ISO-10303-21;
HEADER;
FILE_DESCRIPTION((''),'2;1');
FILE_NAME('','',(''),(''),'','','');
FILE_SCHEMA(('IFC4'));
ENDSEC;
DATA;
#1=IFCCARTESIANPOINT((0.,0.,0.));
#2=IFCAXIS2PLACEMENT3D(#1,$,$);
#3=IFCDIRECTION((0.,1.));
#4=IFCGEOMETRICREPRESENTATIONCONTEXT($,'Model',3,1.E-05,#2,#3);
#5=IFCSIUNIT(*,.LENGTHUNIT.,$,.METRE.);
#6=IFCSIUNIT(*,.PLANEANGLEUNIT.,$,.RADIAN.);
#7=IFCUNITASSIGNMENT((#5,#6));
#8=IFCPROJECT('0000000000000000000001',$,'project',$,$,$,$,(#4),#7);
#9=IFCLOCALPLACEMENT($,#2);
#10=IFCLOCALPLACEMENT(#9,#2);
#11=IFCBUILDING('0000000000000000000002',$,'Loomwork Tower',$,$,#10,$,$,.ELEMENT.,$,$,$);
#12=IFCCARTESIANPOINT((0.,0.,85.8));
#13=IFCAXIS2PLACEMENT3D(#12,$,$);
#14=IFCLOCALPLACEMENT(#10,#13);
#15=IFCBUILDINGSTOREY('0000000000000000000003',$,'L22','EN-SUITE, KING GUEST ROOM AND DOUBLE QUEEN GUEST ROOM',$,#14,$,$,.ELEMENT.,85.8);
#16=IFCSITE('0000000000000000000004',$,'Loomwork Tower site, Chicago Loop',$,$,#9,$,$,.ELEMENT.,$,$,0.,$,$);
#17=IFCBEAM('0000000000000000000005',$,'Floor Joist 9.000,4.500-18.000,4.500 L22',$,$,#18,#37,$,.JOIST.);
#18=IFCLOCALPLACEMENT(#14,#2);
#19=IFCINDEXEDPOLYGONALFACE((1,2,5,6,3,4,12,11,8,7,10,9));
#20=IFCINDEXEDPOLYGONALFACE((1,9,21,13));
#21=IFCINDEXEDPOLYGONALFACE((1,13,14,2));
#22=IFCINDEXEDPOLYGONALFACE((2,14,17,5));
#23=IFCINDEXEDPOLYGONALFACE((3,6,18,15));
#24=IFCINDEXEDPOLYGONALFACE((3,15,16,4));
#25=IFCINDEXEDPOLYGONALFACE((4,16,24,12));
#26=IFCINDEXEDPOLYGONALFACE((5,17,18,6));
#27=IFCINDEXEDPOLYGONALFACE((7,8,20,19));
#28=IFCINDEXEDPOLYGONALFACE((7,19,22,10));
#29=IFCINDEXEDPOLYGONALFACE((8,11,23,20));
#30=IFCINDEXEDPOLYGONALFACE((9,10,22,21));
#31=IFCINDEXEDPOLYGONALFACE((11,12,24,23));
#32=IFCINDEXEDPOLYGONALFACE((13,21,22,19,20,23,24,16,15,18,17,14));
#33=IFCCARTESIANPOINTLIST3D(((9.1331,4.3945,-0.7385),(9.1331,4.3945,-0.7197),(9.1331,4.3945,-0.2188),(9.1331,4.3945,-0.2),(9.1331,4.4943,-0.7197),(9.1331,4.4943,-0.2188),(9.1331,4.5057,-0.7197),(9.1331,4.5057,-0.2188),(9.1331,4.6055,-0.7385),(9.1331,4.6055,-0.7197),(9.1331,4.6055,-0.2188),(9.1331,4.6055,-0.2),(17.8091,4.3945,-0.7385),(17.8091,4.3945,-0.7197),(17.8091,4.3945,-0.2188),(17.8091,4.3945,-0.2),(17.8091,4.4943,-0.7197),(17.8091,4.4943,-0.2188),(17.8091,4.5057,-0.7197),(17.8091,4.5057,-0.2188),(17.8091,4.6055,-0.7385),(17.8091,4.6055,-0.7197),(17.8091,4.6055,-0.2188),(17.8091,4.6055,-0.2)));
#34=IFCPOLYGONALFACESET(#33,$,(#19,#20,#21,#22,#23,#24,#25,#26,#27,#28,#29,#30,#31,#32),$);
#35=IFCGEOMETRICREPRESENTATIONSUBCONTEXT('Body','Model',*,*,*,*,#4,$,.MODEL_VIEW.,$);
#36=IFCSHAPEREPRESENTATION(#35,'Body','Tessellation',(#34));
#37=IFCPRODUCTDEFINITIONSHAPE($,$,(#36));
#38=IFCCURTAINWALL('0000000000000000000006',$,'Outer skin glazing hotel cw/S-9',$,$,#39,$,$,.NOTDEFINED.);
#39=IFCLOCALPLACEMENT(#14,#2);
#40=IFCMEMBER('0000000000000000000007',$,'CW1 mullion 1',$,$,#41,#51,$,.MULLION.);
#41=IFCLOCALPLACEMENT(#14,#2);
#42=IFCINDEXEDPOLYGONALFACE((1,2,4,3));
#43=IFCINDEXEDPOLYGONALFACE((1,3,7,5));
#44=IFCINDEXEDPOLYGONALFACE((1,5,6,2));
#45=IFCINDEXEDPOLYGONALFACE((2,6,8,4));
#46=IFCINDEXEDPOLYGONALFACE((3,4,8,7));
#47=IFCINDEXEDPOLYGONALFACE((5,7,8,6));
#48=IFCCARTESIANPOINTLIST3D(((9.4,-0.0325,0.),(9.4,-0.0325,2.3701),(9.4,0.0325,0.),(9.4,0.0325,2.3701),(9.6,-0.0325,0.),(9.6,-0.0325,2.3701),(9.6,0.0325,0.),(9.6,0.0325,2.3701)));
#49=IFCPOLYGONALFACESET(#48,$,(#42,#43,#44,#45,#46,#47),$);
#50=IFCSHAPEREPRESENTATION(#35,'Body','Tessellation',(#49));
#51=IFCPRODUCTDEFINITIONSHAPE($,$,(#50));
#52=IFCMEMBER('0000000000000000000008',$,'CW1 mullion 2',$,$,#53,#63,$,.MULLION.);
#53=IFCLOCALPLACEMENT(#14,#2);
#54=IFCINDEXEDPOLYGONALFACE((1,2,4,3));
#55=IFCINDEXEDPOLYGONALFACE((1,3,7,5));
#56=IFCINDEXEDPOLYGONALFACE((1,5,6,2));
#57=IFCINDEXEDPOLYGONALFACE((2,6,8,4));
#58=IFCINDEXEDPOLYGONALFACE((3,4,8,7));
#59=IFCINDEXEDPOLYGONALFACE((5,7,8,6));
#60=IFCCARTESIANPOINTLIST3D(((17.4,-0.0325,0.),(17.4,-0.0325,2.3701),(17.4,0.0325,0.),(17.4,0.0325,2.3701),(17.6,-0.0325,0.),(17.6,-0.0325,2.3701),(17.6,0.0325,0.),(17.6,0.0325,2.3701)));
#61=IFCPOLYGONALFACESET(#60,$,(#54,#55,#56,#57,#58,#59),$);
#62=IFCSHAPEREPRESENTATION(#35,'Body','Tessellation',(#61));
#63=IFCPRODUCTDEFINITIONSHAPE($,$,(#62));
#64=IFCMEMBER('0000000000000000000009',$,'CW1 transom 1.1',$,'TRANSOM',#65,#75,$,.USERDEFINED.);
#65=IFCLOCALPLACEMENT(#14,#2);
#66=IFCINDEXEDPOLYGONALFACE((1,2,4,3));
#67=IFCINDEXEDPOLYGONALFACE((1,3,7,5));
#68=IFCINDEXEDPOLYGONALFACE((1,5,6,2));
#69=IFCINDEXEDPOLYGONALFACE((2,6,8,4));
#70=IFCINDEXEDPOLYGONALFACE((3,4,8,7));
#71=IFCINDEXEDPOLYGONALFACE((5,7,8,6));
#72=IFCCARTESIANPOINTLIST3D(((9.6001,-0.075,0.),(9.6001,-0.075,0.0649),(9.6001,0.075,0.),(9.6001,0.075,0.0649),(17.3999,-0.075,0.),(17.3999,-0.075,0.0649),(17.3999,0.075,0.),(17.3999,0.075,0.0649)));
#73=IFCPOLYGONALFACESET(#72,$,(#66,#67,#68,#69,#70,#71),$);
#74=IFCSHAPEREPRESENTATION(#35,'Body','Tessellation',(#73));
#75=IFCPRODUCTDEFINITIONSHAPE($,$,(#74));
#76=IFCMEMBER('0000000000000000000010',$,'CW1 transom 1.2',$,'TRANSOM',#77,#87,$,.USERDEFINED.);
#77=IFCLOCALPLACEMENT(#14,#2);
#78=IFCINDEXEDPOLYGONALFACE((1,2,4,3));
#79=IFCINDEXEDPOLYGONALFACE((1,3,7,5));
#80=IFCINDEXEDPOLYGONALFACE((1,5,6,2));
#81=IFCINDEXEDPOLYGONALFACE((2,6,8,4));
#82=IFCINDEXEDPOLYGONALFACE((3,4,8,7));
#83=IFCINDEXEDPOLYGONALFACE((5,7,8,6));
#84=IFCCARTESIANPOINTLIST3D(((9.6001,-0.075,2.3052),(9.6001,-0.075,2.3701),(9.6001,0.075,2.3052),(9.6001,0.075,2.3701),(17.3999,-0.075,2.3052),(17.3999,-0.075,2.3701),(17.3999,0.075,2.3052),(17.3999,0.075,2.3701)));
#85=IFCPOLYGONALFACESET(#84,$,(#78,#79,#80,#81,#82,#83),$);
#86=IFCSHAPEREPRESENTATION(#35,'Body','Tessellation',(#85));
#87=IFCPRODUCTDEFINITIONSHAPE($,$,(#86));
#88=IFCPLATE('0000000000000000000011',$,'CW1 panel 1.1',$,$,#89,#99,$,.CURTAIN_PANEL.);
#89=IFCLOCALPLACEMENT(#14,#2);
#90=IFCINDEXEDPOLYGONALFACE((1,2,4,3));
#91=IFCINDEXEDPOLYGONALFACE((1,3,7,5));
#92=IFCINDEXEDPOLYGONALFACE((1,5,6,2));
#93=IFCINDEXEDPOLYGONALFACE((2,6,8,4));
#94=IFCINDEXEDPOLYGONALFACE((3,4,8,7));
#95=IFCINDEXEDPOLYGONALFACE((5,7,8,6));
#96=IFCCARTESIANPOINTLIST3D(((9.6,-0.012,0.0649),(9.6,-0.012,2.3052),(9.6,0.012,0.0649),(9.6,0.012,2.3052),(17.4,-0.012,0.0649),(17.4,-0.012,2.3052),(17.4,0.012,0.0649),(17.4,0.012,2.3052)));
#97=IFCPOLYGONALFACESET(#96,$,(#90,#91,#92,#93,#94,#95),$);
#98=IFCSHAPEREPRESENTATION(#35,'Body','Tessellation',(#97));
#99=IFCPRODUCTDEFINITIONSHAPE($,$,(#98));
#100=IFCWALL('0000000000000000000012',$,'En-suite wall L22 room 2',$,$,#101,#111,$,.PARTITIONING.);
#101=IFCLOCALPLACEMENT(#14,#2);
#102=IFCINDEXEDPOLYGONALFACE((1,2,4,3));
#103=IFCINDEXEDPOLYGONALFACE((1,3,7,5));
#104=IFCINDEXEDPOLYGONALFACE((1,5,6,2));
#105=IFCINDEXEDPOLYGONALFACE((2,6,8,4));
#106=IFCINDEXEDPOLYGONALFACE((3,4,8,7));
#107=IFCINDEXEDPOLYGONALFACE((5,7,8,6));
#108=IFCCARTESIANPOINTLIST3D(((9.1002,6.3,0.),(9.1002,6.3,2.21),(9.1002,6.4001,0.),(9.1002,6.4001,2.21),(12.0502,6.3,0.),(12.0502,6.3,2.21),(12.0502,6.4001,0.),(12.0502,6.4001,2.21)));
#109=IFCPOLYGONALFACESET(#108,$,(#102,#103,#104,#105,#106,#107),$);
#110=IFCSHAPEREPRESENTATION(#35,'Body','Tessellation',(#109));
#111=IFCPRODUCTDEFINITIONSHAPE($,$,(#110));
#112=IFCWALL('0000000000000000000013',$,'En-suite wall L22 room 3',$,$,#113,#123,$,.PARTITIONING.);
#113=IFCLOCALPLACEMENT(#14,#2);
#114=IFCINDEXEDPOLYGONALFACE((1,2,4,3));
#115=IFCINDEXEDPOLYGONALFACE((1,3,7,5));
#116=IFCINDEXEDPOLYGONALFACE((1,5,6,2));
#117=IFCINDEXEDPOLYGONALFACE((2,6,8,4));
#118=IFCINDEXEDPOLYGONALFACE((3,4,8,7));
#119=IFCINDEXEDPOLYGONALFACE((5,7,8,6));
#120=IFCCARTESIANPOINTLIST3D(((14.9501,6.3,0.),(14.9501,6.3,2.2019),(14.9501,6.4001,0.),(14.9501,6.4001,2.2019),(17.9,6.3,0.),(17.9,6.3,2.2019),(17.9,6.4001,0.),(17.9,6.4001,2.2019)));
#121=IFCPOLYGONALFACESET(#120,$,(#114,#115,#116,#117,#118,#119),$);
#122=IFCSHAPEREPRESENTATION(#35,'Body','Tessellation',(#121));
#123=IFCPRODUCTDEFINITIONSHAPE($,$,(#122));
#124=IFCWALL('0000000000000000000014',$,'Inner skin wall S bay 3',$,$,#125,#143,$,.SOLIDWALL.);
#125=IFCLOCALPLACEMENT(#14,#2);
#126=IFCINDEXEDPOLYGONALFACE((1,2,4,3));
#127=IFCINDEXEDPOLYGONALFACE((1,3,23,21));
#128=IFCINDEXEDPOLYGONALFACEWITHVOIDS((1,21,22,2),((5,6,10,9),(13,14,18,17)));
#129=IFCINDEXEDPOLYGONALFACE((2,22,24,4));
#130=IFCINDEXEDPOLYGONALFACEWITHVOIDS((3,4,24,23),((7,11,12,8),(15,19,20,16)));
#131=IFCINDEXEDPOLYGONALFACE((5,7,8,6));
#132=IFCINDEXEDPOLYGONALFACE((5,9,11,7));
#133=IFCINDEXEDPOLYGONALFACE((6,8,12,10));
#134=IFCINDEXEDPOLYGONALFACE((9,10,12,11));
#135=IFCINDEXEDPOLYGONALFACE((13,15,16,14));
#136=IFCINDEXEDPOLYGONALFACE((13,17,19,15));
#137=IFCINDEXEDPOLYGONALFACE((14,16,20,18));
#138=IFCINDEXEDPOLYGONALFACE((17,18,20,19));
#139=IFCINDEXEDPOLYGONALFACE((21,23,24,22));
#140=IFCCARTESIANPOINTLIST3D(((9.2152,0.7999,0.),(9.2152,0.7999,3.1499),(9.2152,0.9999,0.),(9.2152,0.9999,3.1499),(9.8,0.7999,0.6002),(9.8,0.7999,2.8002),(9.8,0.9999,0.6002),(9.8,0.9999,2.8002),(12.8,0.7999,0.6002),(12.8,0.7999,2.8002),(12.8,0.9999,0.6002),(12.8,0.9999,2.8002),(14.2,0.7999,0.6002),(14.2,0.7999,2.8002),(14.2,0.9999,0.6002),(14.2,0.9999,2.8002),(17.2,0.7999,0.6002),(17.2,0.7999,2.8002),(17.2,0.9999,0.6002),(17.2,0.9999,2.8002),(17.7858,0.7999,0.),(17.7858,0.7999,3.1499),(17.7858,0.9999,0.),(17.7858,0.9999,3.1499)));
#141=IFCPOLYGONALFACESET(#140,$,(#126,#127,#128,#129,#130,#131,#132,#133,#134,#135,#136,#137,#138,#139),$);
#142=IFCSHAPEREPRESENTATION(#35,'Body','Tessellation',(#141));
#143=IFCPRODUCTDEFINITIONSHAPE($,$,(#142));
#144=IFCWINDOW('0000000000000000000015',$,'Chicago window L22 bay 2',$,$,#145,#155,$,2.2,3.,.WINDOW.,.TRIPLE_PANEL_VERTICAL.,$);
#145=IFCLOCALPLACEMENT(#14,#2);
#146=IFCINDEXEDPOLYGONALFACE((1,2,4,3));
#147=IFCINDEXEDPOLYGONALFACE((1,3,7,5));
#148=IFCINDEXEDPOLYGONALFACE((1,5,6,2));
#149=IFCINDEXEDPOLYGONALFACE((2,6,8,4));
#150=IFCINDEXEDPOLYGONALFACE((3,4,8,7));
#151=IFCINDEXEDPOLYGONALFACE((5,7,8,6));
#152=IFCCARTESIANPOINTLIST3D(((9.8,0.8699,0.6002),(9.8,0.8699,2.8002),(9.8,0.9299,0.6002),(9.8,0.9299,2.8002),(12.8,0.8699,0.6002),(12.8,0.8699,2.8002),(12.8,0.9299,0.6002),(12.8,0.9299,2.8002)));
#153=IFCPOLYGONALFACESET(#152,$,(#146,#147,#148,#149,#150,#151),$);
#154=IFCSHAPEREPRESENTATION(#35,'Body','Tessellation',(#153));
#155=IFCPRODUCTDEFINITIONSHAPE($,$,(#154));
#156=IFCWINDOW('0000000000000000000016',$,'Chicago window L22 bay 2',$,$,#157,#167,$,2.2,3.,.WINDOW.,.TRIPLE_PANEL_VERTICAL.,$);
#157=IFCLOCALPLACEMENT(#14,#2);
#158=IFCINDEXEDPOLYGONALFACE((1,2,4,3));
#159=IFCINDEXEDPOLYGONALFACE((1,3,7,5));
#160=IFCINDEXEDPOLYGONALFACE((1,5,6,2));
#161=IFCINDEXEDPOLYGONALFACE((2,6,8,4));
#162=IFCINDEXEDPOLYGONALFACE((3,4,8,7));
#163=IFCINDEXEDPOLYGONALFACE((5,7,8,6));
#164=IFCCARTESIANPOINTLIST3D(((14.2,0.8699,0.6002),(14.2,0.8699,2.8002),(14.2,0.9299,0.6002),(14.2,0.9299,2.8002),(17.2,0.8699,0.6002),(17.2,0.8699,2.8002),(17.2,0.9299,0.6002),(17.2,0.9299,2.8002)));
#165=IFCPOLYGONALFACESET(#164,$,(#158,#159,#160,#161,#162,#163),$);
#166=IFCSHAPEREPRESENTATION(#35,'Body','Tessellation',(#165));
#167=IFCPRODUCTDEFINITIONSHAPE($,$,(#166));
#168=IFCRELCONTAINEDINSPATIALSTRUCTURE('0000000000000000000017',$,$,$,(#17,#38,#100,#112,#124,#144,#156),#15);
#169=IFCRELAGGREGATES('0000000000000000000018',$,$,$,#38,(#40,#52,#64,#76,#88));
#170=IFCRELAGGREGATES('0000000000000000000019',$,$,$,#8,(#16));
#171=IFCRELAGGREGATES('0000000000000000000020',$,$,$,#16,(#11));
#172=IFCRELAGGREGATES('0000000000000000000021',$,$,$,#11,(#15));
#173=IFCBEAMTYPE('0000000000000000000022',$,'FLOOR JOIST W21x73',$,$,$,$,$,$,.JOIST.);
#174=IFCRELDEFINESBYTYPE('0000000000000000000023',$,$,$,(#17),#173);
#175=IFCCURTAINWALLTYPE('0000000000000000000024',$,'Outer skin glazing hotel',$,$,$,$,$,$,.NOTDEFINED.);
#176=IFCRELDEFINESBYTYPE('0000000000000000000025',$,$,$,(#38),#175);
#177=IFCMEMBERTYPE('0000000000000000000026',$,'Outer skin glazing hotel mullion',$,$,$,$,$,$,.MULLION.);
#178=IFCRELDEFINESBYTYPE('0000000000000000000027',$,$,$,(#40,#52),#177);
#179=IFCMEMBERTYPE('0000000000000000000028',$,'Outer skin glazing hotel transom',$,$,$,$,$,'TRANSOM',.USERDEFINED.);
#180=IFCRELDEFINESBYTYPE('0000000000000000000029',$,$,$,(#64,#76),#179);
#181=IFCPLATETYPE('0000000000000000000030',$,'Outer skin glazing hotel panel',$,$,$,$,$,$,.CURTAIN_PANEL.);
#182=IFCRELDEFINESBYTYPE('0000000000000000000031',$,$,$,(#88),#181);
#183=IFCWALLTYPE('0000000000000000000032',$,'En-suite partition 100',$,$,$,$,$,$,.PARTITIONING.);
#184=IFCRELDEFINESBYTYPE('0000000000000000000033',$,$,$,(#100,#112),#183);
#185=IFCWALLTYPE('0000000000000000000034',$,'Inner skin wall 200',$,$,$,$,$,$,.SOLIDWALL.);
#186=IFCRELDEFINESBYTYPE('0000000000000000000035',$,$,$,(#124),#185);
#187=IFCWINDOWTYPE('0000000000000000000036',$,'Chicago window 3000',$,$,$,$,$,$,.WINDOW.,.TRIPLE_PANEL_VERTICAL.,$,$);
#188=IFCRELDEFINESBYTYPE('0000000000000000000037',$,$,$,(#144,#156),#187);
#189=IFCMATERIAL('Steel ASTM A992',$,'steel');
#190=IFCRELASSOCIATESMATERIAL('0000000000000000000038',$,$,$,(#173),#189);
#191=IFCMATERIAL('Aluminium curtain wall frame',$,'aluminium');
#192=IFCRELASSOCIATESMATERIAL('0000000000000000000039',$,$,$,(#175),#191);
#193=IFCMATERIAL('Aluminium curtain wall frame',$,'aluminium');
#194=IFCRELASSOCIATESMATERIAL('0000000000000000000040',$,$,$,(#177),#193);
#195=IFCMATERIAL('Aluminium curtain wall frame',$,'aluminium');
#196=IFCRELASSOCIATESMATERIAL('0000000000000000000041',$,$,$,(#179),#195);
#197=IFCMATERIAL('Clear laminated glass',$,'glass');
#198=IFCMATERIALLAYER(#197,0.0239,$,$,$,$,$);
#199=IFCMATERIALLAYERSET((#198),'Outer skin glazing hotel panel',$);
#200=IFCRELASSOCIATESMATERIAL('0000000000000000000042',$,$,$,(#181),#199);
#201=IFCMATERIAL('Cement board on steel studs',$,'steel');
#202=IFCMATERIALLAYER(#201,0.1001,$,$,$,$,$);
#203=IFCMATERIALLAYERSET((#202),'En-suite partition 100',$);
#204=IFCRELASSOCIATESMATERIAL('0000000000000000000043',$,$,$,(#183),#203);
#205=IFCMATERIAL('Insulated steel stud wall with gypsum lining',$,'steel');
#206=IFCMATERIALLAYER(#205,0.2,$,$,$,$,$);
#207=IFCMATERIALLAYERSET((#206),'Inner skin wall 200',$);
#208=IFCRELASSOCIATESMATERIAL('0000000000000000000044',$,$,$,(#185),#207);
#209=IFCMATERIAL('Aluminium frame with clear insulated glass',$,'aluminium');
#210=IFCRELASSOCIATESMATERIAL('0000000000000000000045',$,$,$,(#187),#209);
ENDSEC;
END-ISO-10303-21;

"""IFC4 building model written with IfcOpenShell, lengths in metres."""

from ifc_helpers import new_model, si_unit, direction, frame, frame_2d, origin, origin_2d, place, context, subcontext, project, spatial, rectangle, i_section, extrude, material, layer, layer_set, material_profile, profile_set, type_object, element, fill, aggregate, save


model = new_model("IFC4")

# Units and contexts
model_context = context("Model", 3, precision=1e-05, world=origin(), true_north=direction((0.0, 1.0)))
body_context = subcontext(model_context, "Body", "Model", "MODEL_VIEW")
ifc_project = project(units=[si_unit("LENGTHUNIT", "METRE"), si_unit("PLANEANGLEUNIT", "RADIAN")], contexts=[model_context])

# Site, building, storey
site_placement = place(None, origin())
site = spatial("IfcSite", under=ifc_project, at=site_placement, Name="Loomwork Tower site, Chicago Loop", CompositionType="ELEMENT", RefElevation=0.0)
building_placement = place(site_placement, origin())
building = spatial("IfcBuilding", under=site, at=building_placement, Name="Loomwork Tower", CompositionType="ELEMENT")
storey_placement = place(building_placement, frame((0.0, 0.0, 85.8)))
storey = spatial("IfcBuildingStorey", under=building, at=storey_placement, Name="L22", Description="EN-SUITE, KING GUEST ROOM AND DOUBLE QUEEN GUEST ROOM", CompositionType="ELEMENT", Elevation=85.8)

# Beam
ifc_material_1 = material(Name="Steel ASTM A992", Category="steel")
ifc_material_profile_1 = material_profile(ifc_material_1, i_section(OverallWidth=0.2109, OverallDepth=0.5386, WebThickness=0.0115, FlangeThickness=0.0188, at=origin_2d()), Name="W21x73")
ifc_profile_set_1 = profile_set([ifc_material_profile_1], Name="Steel ASTM A992")
beam_type = type_object("IfcBeamType", Name="FLOOR JOIST W21x73", PredefinedType="JOIST", material=ifc_profile_set_1)
beam_placement = place(storey_placement, frame((9.1331, 4.5, -0.4692), z_axis=(1.0, 0.0, 0.0), x_axis=(0.0, 1.0, 0.0)))
element("IfcBeam", 1, at=beam_placement, inside=storey, type_object=beam_type, Name="Floor Joist 9.000,4.500-18.000,4.500 L22", PredefinedType="JOIST", context=body_context, shape_type="SweptSolid", body=[
    extrude(i_section(OverallWidth=0.2109, OverallDepth=0.5386, WebThickness=0.0115, FlangeThickness=0.0188, at=origin_2d()), origin(), (0.0, 0.0, 1.0), 8.676),
])

# Curtain wall, members, plate
ifc_material_2 = material(Name="Aluminium curtain wall frame", Category="aluminium")
curtain_wall_type = type_object("IfcCurtainWallType", Name="Outer skin glazing hotel", PredefinedType="NOTDEFINED", material=ifc_material_2)
curtain_wall_placement = place(storey_placement, origin())
curtain_wall = element("IfcCurtainWall", 2, at=curtain_wall_placement, inside=storey, type_object=curtain_wall_type, Name="Outer skin glazing hotel cw/S-9", PredefinedType="NOTDEFINED")
ifc_material_3 = material(Name="Aluminium curtain wall frame", Category="aluminium")
ifc_material_profile_2 = material_profile(ifc_material_3, rectangle(XDim=0.0649, YDim=0.2, at=origin_2d()), Name="AL 65x200")
ifc_profile_set_2 = profile_set([ifc_material_profile_2], Name="Aluminium curtain wall frame")
member_type_1 = type_object("IfcMemberType", Name="Outer skin glazing hotel mullion", PredefinedType="MULLION", material=ifc_profile_set_2)
member_1_placement = place(storey_placement, frame((9.5, 0.0, 0.0), z_axis=(0.0, 0.0, 1.0), x_axis=(0.0, 1.0, 0.0)))
member_1 = element("IfcMember", 3, at=member_1_placement, type_object=member_type_1, Name="CW1 mullion 1", PredefinedType="MULLION", context=body_context, shape_type="SweptSolid", body=[
    extrude(rectangle(XDim=0.0649, YDim=0.2, at=origin_2d()), origin(), (0.0, 0.0, 1.0), 2.3701),
])
member_2_placement = place(storey_placement, frame((17.5, 0.0, 0.0), z_axis=(0.0, 0.0, 1.0), x_axis=(0.0, 1.0, 0.0)))
member_2 = element("IfcMember", 4, at=member_2_placement, type_object=member_type_1, Name="CW1 mullion 2", PredefinedType="MULLION", context=body_context, shape_type="SweptSolid", body=[
    extrude(rectangle(XDim=0.0649, YDim=0.2, at=origin_2d()), origin(), (0.0, 0.0, 1.0), 2.3701),
])
ifc_material_4 = material(Name="Aluminium curtain wall frame", Category="aluminium")
ifc_material_profile_3 = material_profile(ifc_material_4, rectangle(XDim=0.1499, YDim=0.0649, at=origin_2d()), Name="AL 65x150")
ifc_profile_set_3 = profile_set([ifc_material_profile_3], Name="Aluminium curtain wall frame")
member_type_2 = type_object("IfcMemberType", Name="Outer skin glazing hotel transom", ElementType="TRANSOM", PredefinedType="USERDEFINED", material=ifc_profile_set_3)
member_3_placement = place(storey_placement, frame((9.6001, 0.0, 0.0325), z_axis=(1.0, 0.0, 0.0), x_axis=(0.0, 1.0, 0.0)))
member_3 = element("IfcMember", 5, at=member_3_placement, type_object=member_type_2, Name="CW1 transom 1.1", ObjectType="TRANSOM", PredefinedType="USERDEFINED", context=body_context, shape_type="SweptSolid", body=[
    extrude(rectangle(XDim=0.1499, YDim=0.0649, at=origin_2d()), origin(), (0.0, 0.0, 1.0), 7.7998),
])
member_4_placement = place(storey_placement, frame((9.6001, 0.0, 2.3376), z_axis=(1.0, 0.0, 0.0), x_axis=(0.0, 1.0, 0.0)))
member_4 = element("IfcMember", 6, at=member_4_placement, type_object=member_type_2, Name="CW1 transom 1.2", ObjectType="TRANSOM", PredefinedType="USERDEFINED", context=body_context, shape_type="SweptSolid", body=[
    extrude(rectangle(XDim=0.1499, YDim=0.0649, at=origin_2d()), origin(), (0.0, 0.0, 1.0), 7.7998),
])
ifc_material_5 = material(Name="Clear laminated glass", Category="glass")
ifc_layer_1 = layer(ifc_material_5, 0.0239)
ifc_layer_set_1 = layer_set([ifc_layer_1], Name="Outer skin glazing hotel panel")
plate_type = type_object("IfcPlateType", Name="Outer skin glazing hotel panel", PredefinedType="CURTAIN_PANEL", material=ifc_layer_set_1)
plate_placement = place(storey_placement, frame((13.5, 0.0, 0.0649), z_axis=(0.0, 0.0, 1.0), x_axis=(1.0, 0.0, 0.0)))
plate = element("IfcPlate", 7, at=plate_placement, type_object=plate_type, Name="CW1 panel 1.1", PredefinedType="CURTAIN_PANEL", context=body_context, shape_type="SweptSolid", body=[
    extrude(rectangle(XDim=7.8, YDim=0.0239, at=origin_2d()), origin(), (0.0, 0.0, 1.0), 2.2402),
])
aggregate(curtain_wall, [member_1, member_2, member_3, member_4, plate])

# Walls
ifc_material_6 = material(Name="Cement board on steel studs", Category="steel")
ifc_layer_2 = layer(ifc_material_6, 0.1001)
ifc_layer_set_2 = layer_set([ifc_layer_2], Name="En-suite partition 100")
wall_type_1 = type_object("IfcWallType", Name="En-suite partition 100", PredefinedType="PARTITIONING", material=ifc_layer_set_2)
wall_1_placement = place(storey_placement, frame((9.1001, 6.3501, 0.0), z_axis=(0.0, 0.0, 1.0), x_axis=(1.0, 0.0, 0.0)))
element("IfcWall", 8, at=wall_1_placement, inside=storey, type_object=wall_type_1, Name="En-suite wall L22 room 2", PredefinedType="PARTITIONING", context=body_context, shape_type="SweptSolid", body=[
    extrude(rectangle(XDim=2.95, YDim=0.1001, at=frame_2d((1.4751, 0.0))), origin(), (0.0, 0.0, 1.0), 2.21),
])
wall_2_placement = place(storey_placement, frame((14.95, 6.3501, 0.0), z_axis=(0.0, 0.0, 1.0), x_axis=(1.0, 0.0, 0.0)))
element("IfcWall", 9, at=wall_2_placement, inside=storey, type_object=wall_type_1, Name="En-suite wall L22 room 3", PredefinedType="PARTITIONING", context=body_context, shape_type="SweptSolid", body=[
    extrude(rectangle(XDim=2.95, YDim=0.1001, at=frame_2d((1.4751, 0.0))), origin(), (0.0, 0.0, 1.0), 2.2019),
])

# Wall, openings, windows
ifc_material_7 = material(Name="Insulated steel stud wall with gypsum lining", Category="steel")
ifc_layer_3 = layer(ifc_material_7, 0.2)
ifc_layer_set_3 = layer_set([ifc_layer_3], Name="Inner skin wall 200")
wall_type_2 = type_object("IfcWallType", Name="Inner skin wall 200", PredefinedType="SOLIDWALL", material=ifc_layer_set_3)
wall_3_placement = place(storey_placement, frame((9.2153, 0.8999, 0.0), z_axis=(0.0, 0.0, 1.0), x_axis=(1.0, 0.0, 0.0)))
wall_3 = element("IfcWall", 10, at=wall_3_placement, inside=storey, type_object=wall_type_2, Name="Inner skin wall S bay 3", PredefinedType="SOLIDWALL", context=body_context, shape_type="SweptSolid", body=[
    extrude(rectangle(XDim=8.5706, YDim=0.2, at=frame_2d((4.2852, 0.0))), origin(), (0.0, 0.0, 1.0), 3.1499),
])
opening_1_placement = place(wall_3_placement, frame((0.5847, 0.0, 0.6001)))
opening_1 = element("IfcOpeningElement", 11, at=opening_1_placement, cuts=wall_3, PredefinedType="OPENING", context=body_context, shape_type="SweptSolid", body=[
    extrude(rectangle(XDim=3.0, YDim=2.2, at=frame_2d((1.5, 1.1001))), frame((0.0, 0.1099, 0.0), z_axis=(0.0, -1.0, 0.0), x_axis=(1.0, 0.0, 0.0)), (0.0, 0.0, 1.0), 0.22),
])
opening_2_placement = place(wall_3_placement, frame((4.9846, 0.0, 0.6001)))
opening_2 = element("IfcOpeningElement", 12, at=opening_2_placement, cuts=wall_3, PredefinedType="OPENING", context=body_context, shape_type="SweptSolid", body=[
    extrude(rectangle(XDim=3.0, YDim=2.2, at=frame_2d((1.5, 1.1001))), frame((0.0, 0.1099, 0.0), z_axis=(0.0, -1.0, 0.0), x_axis=(1.0, 0.0, 0.0)), (0.0, 0.0, 1.0), 0.22),
])
ifc_material_8 = material(Name="Aluminium frame with clear insulated glass", Category="aluminium")
window_type = type_object("IfcWindowType", Name="Chicago window 3000", PartitioningType="TRIPLE_PANEL_VERTICAL", PredefinedType="WINDOW", material=ifc_material_8)
window_1_placement = place(opening_1_placement, origin())
window_1 = element("IfcWindow", 13, at=window_1_placement, inside=storey, type_object=window_type, Name="Chicago window L22 bay 2", OverallHeight=2.2, OverallWidth=3.0, PartitioningType="TRIPLE_PANEL_VERTICAL", PredefinedType="WINDOW", context=body_context, shape_type="SweptSolid", body=[
    extrude(rectangle(XDim=3.0, YDim=2.2, at=frame_2d((1.5, 1.1001))), frame((0.0, 0.03, 0.0), z_axis=(0.0, -1.0, 0.0), x_axis=(1.0, 0.0, 0.0)), (0.0, 0.0, 1.0), 0.0601),
])
fill(opening_1, window_1)
window_2_placement = place(opening_2_placement, origin())
window_2 = element("IfcWindow", 14, at=window_2_placement, inside=storey, type_object=window_type, Name="Chicago window L22 bay 2", OverallHeight=2.2, OverallWidth=3.0, PartitioningType="TRIPLE_PANEL_VERTICAL", PredefinedType="WINDOW", context=body_context, shape_type="SweptSolid", body=[
    extrude(rectangle(XDim=3.0, YDim=2.2, at=frame_2d((1.5, 1.1001))), frame((0.0, 0.03, 0.0), z_axis=(0.0, -1.0, 0.0), x_axis=(1.0, 0.0, 0.0)), (0.0, 0.0, 1.0), 0.0601),
])
fill(opening_2, window_2)

save(model, "model.ifc")
